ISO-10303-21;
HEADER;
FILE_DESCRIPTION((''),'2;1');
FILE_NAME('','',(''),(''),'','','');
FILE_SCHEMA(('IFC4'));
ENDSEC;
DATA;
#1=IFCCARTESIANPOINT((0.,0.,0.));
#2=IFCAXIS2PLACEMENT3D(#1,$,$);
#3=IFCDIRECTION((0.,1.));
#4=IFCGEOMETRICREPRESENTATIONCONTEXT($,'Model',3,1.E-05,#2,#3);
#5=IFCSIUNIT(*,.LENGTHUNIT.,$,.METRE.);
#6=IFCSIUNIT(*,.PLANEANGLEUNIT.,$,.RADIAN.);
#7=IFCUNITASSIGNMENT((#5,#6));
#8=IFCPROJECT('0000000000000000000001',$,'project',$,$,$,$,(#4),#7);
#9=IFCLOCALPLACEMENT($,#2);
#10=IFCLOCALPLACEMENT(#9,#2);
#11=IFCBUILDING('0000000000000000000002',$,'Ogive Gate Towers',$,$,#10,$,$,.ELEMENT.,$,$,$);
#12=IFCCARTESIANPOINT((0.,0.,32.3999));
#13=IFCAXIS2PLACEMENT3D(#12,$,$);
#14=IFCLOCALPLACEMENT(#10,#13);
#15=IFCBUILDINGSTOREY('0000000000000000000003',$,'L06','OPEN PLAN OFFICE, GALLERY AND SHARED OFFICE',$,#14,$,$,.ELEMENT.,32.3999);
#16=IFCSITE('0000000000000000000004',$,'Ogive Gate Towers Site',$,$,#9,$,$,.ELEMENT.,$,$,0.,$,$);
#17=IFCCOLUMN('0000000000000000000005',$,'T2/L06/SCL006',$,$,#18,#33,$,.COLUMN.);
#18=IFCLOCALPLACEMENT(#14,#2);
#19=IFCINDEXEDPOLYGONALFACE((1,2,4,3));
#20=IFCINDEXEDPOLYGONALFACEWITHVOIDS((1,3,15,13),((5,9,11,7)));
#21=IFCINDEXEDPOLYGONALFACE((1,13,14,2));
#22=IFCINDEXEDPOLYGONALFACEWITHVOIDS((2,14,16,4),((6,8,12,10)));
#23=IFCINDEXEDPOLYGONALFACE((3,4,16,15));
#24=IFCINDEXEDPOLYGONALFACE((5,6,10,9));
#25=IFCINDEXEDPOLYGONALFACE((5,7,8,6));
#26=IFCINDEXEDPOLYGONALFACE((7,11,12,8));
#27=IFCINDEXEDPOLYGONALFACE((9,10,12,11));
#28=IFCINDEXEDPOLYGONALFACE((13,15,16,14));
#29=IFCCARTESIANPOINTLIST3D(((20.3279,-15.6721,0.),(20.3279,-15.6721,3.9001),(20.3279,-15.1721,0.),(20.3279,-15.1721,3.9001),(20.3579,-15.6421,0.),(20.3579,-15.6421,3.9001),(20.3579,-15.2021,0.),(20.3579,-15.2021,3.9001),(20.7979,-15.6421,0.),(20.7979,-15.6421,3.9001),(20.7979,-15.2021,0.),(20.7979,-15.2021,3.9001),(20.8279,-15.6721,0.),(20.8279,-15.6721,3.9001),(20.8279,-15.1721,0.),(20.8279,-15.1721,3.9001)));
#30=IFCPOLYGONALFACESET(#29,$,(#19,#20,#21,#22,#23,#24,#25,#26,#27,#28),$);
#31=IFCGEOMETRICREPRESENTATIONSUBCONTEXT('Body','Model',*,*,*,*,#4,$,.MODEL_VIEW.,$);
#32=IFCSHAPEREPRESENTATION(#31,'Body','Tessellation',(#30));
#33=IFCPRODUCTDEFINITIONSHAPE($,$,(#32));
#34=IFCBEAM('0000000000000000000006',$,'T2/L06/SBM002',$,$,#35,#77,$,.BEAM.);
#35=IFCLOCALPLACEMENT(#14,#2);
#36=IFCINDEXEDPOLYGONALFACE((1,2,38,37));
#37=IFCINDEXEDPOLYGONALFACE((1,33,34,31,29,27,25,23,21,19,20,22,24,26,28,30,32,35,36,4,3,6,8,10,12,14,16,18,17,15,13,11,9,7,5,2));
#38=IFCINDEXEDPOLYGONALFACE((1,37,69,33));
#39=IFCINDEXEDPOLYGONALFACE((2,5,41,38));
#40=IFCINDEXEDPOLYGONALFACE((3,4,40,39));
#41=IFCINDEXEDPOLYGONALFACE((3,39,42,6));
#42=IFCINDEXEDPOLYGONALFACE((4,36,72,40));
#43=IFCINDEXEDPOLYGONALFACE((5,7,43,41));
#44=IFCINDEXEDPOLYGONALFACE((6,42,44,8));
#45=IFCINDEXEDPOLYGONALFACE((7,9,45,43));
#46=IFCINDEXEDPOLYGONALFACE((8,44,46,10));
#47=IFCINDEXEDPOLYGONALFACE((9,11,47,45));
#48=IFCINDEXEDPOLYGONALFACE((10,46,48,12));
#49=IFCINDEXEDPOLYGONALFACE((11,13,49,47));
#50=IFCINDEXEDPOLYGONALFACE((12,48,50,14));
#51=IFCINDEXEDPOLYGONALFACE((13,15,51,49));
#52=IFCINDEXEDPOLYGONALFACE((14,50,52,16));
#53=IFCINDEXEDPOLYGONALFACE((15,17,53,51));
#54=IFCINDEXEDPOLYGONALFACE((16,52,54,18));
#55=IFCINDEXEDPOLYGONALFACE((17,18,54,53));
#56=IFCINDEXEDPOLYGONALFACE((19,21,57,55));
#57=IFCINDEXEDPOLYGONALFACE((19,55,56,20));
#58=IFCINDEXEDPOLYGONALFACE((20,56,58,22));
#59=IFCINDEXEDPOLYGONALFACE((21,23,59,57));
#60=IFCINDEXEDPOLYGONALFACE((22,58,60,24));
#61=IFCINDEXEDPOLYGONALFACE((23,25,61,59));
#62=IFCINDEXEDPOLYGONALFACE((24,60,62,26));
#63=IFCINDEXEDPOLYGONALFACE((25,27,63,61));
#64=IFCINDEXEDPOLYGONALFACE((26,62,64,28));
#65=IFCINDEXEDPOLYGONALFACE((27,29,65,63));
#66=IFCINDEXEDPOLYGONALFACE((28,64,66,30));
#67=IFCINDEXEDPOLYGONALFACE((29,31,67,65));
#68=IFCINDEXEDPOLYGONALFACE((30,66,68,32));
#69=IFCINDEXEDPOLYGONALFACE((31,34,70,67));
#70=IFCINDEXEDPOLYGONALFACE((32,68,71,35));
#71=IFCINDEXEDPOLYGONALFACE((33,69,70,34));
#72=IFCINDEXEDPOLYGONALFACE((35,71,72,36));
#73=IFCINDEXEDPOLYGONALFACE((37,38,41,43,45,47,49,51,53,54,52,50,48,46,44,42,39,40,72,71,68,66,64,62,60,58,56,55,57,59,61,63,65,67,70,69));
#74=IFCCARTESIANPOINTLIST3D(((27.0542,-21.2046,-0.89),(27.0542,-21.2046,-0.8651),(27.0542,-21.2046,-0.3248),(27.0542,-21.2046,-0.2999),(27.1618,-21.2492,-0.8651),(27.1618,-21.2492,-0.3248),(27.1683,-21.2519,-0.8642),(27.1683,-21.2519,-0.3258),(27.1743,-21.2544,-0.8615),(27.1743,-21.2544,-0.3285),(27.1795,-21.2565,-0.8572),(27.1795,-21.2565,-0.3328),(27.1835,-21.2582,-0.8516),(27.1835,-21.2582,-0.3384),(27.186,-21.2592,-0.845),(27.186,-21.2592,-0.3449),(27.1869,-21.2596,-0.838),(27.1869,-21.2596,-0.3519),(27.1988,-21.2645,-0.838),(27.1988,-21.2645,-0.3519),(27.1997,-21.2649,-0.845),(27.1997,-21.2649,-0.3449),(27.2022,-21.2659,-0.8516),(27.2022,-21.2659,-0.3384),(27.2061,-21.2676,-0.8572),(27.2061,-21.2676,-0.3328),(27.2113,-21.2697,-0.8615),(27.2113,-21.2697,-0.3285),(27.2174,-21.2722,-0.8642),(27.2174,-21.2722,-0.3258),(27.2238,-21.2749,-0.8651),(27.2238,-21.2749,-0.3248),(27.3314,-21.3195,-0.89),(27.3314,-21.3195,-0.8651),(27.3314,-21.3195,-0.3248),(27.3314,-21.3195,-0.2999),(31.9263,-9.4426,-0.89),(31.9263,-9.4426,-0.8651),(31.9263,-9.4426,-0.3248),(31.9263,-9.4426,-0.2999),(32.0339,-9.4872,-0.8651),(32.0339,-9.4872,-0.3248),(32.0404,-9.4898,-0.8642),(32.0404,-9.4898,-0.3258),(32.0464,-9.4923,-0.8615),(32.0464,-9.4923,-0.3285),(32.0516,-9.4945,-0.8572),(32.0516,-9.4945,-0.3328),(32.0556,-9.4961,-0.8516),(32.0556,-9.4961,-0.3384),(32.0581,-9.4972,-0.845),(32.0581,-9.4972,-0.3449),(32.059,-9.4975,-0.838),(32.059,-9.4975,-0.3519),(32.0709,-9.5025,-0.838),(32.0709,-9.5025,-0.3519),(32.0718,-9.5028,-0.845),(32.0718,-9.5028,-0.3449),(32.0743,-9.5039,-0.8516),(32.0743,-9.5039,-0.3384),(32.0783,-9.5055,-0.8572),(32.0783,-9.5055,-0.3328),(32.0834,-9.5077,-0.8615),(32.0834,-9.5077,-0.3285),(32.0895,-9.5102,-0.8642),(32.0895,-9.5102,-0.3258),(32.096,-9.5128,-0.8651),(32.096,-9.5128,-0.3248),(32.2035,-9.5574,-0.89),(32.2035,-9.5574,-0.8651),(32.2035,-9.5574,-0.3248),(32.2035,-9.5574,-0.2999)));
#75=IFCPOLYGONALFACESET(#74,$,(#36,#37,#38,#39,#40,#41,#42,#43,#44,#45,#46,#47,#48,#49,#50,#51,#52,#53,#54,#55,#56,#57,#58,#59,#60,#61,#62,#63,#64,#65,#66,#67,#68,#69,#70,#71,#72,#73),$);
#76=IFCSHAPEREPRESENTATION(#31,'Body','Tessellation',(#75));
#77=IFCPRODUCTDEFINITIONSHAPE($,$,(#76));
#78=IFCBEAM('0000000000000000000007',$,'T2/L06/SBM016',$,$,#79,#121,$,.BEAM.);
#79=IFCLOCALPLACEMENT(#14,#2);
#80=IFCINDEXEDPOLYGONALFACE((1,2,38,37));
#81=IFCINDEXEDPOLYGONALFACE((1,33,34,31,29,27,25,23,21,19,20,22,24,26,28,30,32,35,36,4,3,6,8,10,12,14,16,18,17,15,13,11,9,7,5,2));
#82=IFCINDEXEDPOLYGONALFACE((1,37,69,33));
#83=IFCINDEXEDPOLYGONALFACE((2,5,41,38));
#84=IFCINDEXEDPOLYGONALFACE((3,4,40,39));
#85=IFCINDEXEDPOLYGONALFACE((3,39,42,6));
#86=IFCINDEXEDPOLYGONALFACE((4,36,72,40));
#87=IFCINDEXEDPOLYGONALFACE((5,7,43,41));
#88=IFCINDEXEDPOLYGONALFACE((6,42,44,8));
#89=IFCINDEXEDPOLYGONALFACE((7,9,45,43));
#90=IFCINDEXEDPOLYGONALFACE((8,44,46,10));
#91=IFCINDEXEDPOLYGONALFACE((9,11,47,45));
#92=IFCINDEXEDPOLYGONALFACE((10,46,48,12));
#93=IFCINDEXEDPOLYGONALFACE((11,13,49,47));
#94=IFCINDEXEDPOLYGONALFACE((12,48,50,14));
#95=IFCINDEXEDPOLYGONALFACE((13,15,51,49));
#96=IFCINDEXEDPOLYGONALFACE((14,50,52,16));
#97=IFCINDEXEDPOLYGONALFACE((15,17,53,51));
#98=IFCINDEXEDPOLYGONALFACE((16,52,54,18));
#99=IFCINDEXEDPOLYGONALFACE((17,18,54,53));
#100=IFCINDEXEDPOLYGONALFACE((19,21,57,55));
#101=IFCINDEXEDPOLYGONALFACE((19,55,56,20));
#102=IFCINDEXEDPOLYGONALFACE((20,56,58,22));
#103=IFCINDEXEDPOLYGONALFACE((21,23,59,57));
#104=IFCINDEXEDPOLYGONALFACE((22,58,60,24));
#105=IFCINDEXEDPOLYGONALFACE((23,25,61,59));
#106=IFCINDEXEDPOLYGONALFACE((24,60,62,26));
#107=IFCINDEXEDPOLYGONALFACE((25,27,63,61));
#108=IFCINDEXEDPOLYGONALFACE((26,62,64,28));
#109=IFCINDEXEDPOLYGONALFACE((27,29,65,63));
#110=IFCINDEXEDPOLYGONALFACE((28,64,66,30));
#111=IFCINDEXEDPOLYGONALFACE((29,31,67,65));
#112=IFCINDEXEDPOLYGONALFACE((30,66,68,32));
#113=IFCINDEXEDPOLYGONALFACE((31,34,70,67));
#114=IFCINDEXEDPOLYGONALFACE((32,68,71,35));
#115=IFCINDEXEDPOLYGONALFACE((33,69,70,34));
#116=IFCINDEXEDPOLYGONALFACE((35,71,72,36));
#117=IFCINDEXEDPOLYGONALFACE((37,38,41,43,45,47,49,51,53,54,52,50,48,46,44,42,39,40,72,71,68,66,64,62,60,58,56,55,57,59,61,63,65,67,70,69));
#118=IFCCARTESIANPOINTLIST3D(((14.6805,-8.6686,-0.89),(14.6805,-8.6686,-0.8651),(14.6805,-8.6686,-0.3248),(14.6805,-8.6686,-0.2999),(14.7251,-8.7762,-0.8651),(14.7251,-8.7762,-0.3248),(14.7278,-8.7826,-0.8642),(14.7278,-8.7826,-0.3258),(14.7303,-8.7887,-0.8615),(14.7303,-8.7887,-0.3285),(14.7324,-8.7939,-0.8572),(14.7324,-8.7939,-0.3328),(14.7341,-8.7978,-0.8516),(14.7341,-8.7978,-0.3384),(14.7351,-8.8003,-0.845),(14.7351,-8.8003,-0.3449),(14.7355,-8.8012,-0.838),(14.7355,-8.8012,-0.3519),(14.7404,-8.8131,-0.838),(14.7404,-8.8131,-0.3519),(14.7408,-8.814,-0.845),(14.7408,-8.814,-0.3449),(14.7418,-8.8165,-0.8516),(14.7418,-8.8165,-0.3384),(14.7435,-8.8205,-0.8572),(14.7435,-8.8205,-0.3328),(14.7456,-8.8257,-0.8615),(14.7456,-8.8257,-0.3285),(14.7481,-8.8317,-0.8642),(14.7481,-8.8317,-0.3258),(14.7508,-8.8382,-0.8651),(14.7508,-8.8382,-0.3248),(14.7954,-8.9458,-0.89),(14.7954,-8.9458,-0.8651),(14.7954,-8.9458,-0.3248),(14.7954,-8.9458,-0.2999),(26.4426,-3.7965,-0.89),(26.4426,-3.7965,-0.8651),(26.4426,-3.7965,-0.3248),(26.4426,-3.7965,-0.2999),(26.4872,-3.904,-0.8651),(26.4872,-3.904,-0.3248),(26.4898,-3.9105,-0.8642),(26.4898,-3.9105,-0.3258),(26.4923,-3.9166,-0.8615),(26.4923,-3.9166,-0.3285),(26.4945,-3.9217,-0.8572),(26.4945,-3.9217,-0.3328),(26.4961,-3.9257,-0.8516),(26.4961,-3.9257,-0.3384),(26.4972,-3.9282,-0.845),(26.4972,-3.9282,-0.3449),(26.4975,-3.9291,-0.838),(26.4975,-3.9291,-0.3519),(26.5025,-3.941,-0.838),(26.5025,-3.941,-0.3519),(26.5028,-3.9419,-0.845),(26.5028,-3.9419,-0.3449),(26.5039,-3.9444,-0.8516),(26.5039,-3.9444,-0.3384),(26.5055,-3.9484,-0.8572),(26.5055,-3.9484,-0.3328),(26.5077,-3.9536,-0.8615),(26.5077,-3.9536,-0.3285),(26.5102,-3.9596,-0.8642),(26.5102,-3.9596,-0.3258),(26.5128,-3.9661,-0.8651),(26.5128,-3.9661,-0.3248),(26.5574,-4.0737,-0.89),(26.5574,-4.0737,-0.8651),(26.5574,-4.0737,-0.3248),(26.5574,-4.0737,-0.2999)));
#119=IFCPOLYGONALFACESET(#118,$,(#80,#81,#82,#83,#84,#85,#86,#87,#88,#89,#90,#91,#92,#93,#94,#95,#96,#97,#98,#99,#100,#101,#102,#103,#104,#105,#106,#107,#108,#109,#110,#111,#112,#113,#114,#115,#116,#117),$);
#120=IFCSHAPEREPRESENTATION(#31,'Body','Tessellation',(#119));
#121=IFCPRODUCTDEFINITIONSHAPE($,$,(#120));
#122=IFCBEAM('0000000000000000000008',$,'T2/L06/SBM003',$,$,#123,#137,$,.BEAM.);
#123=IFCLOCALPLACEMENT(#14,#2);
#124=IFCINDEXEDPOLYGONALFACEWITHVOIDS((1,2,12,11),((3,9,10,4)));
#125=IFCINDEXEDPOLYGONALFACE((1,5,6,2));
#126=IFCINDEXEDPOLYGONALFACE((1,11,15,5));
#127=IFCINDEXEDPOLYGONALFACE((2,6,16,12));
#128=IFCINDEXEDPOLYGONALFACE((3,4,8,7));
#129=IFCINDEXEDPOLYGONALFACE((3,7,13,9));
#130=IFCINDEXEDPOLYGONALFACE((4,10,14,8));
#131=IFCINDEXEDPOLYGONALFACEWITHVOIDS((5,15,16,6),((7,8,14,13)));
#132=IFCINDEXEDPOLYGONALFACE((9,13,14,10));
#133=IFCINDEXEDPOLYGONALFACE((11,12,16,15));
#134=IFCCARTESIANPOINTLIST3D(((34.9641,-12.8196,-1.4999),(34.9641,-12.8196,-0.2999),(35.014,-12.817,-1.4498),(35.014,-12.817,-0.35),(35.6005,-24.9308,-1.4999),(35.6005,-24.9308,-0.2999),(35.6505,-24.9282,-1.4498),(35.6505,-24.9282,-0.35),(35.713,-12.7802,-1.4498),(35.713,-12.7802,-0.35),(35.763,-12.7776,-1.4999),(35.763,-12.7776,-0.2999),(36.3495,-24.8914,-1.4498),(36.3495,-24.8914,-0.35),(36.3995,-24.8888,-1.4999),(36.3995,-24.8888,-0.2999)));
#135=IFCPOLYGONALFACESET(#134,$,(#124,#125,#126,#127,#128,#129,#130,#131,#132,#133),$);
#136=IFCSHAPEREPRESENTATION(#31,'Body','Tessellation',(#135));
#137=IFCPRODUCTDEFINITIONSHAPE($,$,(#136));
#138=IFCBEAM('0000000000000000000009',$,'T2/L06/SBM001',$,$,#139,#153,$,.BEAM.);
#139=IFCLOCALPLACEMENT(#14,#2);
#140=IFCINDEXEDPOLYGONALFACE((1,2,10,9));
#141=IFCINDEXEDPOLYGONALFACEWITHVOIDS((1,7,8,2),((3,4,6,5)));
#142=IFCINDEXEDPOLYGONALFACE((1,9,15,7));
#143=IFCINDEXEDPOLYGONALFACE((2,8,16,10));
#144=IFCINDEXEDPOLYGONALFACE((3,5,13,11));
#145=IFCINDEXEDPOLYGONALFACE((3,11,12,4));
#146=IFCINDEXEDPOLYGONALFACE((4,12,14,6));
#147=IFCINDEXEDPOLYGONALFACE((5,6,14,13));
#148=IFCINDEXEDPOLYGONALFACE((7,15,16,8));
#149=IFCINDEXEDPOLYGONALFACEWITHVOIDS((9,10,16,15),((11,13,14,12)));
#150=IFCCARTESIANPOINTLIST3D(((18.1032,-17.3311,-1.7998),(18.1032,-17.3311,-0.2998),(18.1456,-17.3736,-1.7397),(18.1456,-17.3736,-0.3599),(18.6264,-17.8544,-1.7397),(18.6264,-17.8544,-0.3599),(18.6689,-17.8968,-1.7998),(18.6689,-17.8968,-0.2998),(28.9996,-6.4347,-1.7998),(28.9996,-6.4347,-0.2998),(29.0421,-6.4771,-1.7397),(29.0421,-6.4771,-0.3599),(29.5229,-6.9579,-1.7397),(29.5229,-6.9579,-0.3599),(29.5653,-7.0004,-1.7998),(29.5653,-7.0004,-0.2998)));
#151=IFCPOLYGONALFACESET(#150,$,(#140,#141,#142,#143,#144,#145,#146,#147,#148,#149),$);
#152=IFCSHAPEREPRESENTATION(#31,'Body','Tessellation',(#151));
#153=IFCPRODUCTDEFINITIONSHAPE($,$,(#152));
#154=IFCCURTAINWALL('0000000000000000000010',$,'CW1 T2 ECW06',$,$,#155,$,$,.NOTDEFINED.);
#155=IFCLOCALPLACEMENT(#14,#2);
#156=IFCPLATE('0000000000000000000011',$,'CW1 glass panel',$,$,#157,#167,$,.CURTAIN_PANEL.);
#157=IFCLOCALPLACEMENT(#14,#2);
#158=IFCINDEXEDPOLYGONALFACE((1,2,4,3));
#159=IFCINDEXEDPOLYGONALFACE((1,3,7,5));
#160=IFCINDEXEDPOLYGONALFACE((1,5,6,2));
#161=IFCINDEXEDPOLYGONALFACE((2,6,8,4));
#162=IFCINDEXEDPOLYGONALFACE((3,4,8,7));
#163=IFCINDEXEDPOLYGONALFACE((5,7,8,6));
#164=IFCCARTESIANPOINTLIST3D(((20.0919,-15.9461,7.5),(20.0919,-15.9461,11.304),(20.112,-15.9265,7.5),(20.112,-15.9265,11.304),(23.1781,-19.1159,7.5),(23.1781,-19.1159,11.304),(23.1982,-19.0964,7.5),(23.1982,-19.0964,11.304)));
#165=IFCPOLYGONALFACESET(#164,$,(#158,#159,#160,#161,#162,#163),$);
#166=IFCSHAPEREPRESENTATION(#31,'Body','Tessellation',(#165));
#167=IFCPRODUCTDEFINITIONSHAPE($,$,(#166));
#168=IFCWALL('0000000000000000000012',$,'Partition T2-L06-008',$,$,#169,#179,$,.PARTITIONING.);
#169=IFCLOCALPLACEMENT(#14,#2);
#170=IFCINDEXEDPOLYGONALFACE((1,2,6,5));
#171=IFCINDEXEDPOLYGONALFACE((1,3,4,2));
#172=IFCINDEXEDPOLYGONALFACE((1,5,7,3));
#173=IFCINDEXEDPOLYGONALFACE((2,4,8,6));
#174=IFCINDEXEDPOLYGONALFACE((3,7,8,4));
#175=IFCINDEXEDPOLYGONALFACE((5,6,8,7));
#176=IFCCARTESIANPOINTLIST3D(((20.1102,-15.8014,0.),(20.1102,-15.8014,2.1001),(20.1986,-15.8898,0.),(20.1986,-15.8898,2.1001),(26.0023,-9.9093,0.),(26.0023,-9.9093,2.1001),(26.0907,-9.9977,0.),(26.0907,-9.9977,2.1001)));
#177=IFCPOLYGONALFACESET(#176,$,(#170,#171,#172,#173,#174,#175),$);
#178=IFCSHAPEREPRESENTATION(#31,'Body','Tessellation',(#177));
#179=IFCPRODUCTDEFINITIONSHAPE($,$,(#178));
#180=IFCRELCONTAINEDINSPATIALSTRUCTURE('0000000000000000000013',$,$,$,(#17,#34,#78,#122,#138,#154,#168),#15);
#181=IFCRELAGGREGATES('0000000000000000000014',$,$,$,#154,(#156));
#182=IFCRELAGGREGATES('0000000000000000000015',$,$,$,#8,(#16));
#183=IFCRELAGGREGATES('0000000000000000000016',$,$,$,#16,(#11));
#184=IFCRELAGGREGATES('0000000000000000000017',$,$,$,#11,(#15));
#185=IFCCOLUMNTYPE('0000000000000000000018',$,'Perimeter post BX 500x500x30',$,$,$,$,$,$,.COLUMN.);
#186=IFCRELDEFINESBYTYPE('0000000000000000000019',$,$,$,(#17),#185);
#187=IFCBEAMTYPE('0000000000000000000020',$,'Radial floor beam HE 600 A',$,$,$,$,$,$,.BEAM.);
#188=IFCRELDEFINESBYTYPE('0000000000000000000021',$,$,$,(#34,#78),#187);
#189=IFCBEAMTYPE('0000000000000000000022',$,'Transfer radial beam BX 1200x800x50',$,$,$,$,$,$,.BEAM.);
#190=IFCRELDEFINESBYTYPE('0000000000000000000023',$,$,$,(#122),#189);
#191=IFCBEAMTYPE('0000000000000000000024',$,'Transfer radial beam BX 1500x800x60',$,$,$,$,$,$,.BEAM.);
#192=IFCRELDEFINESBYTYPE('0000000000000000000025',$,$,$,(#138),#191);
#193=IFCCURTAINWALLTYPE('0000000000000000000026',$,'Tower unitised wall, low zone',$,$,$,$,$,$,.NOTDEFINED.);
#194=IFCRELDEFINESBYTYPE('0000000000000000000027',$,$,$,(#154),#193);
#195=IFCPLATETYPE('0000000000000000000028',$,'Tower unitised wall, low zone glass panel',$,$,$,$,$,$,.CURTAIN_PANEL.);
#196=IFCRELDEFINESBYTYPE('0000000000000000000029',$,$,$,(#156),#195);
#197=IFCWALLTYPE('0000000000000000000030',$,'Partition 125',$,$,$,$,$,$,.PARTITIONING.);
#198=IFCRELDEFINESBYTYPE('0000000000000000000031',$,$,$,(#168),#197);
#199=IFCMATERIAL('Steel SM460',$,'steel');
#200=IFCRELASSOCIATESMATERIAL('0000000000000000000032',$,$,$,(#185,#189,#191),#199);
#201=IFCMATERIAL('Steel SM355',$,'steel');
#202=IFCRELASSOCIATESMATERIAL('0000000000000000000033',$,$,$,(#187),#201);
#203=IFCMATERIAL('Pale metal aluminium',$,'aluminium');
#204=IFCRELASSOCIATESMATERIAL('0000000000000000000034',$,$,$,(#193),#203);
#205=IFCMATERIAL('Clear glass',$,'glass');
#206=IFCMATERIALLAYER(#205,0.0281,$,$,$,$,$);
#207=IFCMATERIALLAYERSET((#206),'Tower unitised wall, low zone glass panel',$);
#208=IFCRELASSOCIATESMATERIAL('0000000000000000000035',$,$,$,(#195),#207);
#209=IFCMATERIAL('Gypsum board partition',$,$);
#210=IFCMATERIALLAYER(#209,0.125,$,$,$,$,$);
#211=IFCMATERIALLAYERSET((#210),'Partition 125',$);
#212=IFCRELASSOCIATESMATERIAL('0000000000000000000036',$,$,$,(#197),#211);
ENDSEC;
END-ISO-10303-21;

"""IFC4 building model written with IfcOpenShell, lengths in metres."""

from ifc_helpers import new_model, si_unit, direction, frame, frame_2d, origin, origin_2d, place, context, subcontext, project, spatial, rectangle, hollow_rectangle, i_section, extrude, material, layer, layer_set, material_profile, profile_set, type_object, element, aggregate, save


model = new_model("IFC4")

# Units and contexts
model_context = context("Model", 3, precision=1e-05, world=origin(), true_north=direction((0.0, 1.0)))
body_context = subcontext(model_context, "Body", "Model", "MODEL_VIEW")
ifc_project = project(units=[si_unit("LENGTHUNIT", "METRE"), si_unit("PLANEANGLEUNIT", "RADIAN")], contexts=[model_context])

# Site, building, storey
site_placement = place(None, origin())
site = spatial("IfcSite", under=ifc_project, at=site_placement, Name="Ogive Gate Towers Site", CompositionType="ELEMENT", RefElevation=0.0)
building_placement = place(site_placement, origin())
building = spatial("IfcBuilding", under=site, at=building_placement, Name="Ogive Gate Towers", CompositionType="ELEMENT")
storey_placement = place(building_placement, frame((0.0, 0.0, 32.3999)))
storey = spatial("IfcBuildingStorey", under=building, at=storey_placement, Name="L06", Description="OPEN PLAN OFFICE, GALLERY AND SHARED OFFICE", CompositionType="ELEMENT", Elevation=32.3999)

# Column
ifc_material_1 = material(Name="Steel SM460", Category="steel")
ifc_material_profile_1 = material_profile(ifc_material_1, hollow_rectangle(XDim=0.5, YDim=0.5, WallThickness=0.03, at=origin_2d()), Name="BX 500x500x30")
ifc_profile_set_1 = profile_set([ifc_material_profile_1], Name="Steel SM460")
column_type = type_object("IfcColumnType", Name="Perimeter post BX 500x500x30", PredefinedType="COLUMN", material=ifc_profile_set_1)
column_placement = place(storey_placement, frame((20.5779, -15.4221, 0.0), z_axis=(0.0, 0.0, 1.0), x_axis=(1.0, 0.0, 0.0)))
element("IfcColumn", 1, at=column_placement, inside=storey, type_object=column_type, Name="T2/L06/SCL006", PredefinedType="COLUMN", context=body_context, shape_type="SweptSolid", body=[
    extrude(hollow_rectangle(XDim=0.5, YDim=0.5, WallThickness=0.03, at=origin_2d()), origin(), (0.0, 0.0, 1.0), 3.9001),
])

# Beams
ifc_material_2 = material(Name="Steel SM355", Category="steel")
ifc_material_profile_2 = material_profile(ifc_material_2, i_section(OverallWidth=0.3, OverallDepth=0.5901, WebThickness=0.0129, FlangeThickness=0.0249, FilletRadius=0.0271, at=origin_2d()), Name="HE 600 A")
ifc_profile_set_2 = profile_set([ifc_material_profile_2], Name="Steel SM355")
beam_type_1 = type_object("IfcBeamType", Name="Radial floor beam HE 600 A", PredefinedType="BEAM", material=ifc_profile_set_2)
for number, where, z_axis, x_axis, name in (
    (2, (32.0649, -9.5, -0.595), (-0.382691, -0.923877, 0.0), (0.923877, -0.382691, 0.0), "T2/L06/SBM002"),
    (3, (26.5, -3.9351, -0.595), (-0.923877, -0.382691, 0.0), (0.382691, -0.923877, 0.0), "T2/L06/SBM016"),
):
    element("IfcBeam", number, at=place(storey_placement, frame(where, z_axis=z_axis, x_axis=x_axis)), inside=storey, type_object=beam_type_1, Name=name, PredefinedType="BEAM", context=body_context, shape_type="SweptSolid", body=[
        extrude(i_section(OverallWidth=0.3, OverallDepth=0.5901, WebThickness=0.0129, FlangeThickness=0.0249, FilletRadius=0.0271, at=origin_2d()), origin(), (0.0, 0.0, 1.0), 12.7312),
    ])
ifc_material_profile_3 = material_profile(ifc_material_1, hollow_rectangle(XDim=0.8, YDim=1.2, WallThickness=0.05, at=origin_2d()), Name="BX 1200x800x50")
ifc_profile_set_3 = profile_set([ifc_material_profile_3], Name="Steel SM460")
beam_type_2 = type_object("IfcBeamType", Name="Transfer radial beam BX 1200x800x50", PredefinedType="BEAM", material=ifc_profile_set_3)
beam_1_placement = place(storey_placement, frame((35.3635, -12.7986, -0.8999), z_axis=(0.05248, -0.998622, 0.0), x_axis=(0.998622, 0.05248, 0.0)))
element("IfcBeam", 4, at=beam_1_placement, inside=storey, type_object=beam_type_2, Name="T2/L06/SBM003", PredefinedType="BEAM", context=body_context, shape_type="SweptSolid", body=[
    extrude(hollow_rectangle(XDim=0.8, YDim=1.2, WallThickness=0.05, at=origin_2d()), origin(), (0.0, 0.0, 1.0), 12.1279),
])
ifc_material_profile_4 = material_profile(ifc_material_1, hollow_rectangle(XDim=0.8, YDim=1.5, WallThickness=0.0601, at=origin_2d()), Name="BX 1500x800x60")
ifc_profile_set_4 = profile_set([ifc_material_profile_4], Name="Steel SM460")
beam_type_3 = type_object("IfcBeamType", Name="Transfer radial beam BX 1500x800x60", PredefinedType="BEAM", material=ifc_profile_set_4)
beam_2_placement = place(storey_placement, frame((29.2825, -6.7175, -1.0498), z_axis=(-0.707107, -0.707107, 0.0), x_axis=(0.707107, -0.707107, 0.0)))
element("IfcBeam", 5, at=beam_2_placement, inside=storey, type_object=beam_type_3, Name="T2/L06/SBM001", PredefinedType="BEAM", context=body_context, shape_type="SweptSolid", body=[
    extrude(hollow_rectangle(XDim=0.8, YDim=1.5, WallThickness=0.0601, at=origin_2d()), origin(), (0.0, 0.0, 1.0), 15.4099),
])

# Curtain wall, plate
ifc_material_3 = material(Name="Pale metal aluminium", Category="aluminium")
curtain_wall_type = type_object("IfcCurtainWallType", Name="Tower unitised wall, low zone", PredefinedType="NOTDEFINED", material=ifc_material_3)
curtain_wall_placement = place(storey_placement, origin())
curtain_wall = element("IfcCurtainWall", 6, at=curtain_wall_placement, inside=storey, type_object=curtain_wall_type, Name="CW1 T2 ECW06", PredefinedType="NOTDEFINED")
ifc_material_4 = material(Name="Clear glass", Category="glass")
ifc_layer_1 = layer(ifc_material_4, 0.0281)
ifc_layer_set_1 = layer_set([ifc_layer_1], Name="Tower unitised wall, low zone glass panel")
plate_type = type_object("IfcPlateType", Name="Tower unitised wall, low zone glass panel", PredefinedType="CURTAIN_PANEL", material=ifc_layer_set_1)
plate_placement = place(storey_placement, frame((21.645, -17.5212, 7.5), z_axis=(0.0, 0.0, 1.0), x_axis=(0.69759, -0.716497, 0.0)))
plate = element("IfcPlate", 7, at=plate_placement, type_object=plate_type, Name="CW1 glass panel", PredefinedType="CURTAIN_PANEL", context=body_context, shape_type="SweptSolid", body=[
    extrude(rectangle(XDim=4.4241, YDim=0.0281, at=origin_2d()), origin(), (0.0, 0.0, 1.0), 3.804),
])
aggregate(curtain_wall, [plate])

# Wall
ifc_material_5 = material(Name="Gypsum board partition")
ifc_layer_2 = layer(ifc_material_5, 0.125)
ifc_layer_set_2 = layer_set([ifc_layer_2], Name="Partition 125")
wall_type_1 = type_object("IfcWallType", Name="Partition 125", PredefinedType="PARTITIONING", material=ifc_layer_set_2)
wall_1_placement = place(storey_placement, frame((20.1543, -15.8457, 0.0), z_axis=(0.0, 0.0, 1.0), x_axis=(0.707107, 0.707107, 0.0)))
element("IfcWall", 8, at=wall_1_placement, inside=storey, type_object=wall_type_1, Name="Partition T2-L06-008", PredefinedType="PARTITIONING", context=body_context, shape_type="SweptSolid", body=[
    extrude(rectangle(XDim=8.3328, YDim=0.125, at=frame_2d((4.1665, 0.0))), origin(), (0.0, 0.0, 1.0), 2.1001),
])

save(model, "model.ifc")
